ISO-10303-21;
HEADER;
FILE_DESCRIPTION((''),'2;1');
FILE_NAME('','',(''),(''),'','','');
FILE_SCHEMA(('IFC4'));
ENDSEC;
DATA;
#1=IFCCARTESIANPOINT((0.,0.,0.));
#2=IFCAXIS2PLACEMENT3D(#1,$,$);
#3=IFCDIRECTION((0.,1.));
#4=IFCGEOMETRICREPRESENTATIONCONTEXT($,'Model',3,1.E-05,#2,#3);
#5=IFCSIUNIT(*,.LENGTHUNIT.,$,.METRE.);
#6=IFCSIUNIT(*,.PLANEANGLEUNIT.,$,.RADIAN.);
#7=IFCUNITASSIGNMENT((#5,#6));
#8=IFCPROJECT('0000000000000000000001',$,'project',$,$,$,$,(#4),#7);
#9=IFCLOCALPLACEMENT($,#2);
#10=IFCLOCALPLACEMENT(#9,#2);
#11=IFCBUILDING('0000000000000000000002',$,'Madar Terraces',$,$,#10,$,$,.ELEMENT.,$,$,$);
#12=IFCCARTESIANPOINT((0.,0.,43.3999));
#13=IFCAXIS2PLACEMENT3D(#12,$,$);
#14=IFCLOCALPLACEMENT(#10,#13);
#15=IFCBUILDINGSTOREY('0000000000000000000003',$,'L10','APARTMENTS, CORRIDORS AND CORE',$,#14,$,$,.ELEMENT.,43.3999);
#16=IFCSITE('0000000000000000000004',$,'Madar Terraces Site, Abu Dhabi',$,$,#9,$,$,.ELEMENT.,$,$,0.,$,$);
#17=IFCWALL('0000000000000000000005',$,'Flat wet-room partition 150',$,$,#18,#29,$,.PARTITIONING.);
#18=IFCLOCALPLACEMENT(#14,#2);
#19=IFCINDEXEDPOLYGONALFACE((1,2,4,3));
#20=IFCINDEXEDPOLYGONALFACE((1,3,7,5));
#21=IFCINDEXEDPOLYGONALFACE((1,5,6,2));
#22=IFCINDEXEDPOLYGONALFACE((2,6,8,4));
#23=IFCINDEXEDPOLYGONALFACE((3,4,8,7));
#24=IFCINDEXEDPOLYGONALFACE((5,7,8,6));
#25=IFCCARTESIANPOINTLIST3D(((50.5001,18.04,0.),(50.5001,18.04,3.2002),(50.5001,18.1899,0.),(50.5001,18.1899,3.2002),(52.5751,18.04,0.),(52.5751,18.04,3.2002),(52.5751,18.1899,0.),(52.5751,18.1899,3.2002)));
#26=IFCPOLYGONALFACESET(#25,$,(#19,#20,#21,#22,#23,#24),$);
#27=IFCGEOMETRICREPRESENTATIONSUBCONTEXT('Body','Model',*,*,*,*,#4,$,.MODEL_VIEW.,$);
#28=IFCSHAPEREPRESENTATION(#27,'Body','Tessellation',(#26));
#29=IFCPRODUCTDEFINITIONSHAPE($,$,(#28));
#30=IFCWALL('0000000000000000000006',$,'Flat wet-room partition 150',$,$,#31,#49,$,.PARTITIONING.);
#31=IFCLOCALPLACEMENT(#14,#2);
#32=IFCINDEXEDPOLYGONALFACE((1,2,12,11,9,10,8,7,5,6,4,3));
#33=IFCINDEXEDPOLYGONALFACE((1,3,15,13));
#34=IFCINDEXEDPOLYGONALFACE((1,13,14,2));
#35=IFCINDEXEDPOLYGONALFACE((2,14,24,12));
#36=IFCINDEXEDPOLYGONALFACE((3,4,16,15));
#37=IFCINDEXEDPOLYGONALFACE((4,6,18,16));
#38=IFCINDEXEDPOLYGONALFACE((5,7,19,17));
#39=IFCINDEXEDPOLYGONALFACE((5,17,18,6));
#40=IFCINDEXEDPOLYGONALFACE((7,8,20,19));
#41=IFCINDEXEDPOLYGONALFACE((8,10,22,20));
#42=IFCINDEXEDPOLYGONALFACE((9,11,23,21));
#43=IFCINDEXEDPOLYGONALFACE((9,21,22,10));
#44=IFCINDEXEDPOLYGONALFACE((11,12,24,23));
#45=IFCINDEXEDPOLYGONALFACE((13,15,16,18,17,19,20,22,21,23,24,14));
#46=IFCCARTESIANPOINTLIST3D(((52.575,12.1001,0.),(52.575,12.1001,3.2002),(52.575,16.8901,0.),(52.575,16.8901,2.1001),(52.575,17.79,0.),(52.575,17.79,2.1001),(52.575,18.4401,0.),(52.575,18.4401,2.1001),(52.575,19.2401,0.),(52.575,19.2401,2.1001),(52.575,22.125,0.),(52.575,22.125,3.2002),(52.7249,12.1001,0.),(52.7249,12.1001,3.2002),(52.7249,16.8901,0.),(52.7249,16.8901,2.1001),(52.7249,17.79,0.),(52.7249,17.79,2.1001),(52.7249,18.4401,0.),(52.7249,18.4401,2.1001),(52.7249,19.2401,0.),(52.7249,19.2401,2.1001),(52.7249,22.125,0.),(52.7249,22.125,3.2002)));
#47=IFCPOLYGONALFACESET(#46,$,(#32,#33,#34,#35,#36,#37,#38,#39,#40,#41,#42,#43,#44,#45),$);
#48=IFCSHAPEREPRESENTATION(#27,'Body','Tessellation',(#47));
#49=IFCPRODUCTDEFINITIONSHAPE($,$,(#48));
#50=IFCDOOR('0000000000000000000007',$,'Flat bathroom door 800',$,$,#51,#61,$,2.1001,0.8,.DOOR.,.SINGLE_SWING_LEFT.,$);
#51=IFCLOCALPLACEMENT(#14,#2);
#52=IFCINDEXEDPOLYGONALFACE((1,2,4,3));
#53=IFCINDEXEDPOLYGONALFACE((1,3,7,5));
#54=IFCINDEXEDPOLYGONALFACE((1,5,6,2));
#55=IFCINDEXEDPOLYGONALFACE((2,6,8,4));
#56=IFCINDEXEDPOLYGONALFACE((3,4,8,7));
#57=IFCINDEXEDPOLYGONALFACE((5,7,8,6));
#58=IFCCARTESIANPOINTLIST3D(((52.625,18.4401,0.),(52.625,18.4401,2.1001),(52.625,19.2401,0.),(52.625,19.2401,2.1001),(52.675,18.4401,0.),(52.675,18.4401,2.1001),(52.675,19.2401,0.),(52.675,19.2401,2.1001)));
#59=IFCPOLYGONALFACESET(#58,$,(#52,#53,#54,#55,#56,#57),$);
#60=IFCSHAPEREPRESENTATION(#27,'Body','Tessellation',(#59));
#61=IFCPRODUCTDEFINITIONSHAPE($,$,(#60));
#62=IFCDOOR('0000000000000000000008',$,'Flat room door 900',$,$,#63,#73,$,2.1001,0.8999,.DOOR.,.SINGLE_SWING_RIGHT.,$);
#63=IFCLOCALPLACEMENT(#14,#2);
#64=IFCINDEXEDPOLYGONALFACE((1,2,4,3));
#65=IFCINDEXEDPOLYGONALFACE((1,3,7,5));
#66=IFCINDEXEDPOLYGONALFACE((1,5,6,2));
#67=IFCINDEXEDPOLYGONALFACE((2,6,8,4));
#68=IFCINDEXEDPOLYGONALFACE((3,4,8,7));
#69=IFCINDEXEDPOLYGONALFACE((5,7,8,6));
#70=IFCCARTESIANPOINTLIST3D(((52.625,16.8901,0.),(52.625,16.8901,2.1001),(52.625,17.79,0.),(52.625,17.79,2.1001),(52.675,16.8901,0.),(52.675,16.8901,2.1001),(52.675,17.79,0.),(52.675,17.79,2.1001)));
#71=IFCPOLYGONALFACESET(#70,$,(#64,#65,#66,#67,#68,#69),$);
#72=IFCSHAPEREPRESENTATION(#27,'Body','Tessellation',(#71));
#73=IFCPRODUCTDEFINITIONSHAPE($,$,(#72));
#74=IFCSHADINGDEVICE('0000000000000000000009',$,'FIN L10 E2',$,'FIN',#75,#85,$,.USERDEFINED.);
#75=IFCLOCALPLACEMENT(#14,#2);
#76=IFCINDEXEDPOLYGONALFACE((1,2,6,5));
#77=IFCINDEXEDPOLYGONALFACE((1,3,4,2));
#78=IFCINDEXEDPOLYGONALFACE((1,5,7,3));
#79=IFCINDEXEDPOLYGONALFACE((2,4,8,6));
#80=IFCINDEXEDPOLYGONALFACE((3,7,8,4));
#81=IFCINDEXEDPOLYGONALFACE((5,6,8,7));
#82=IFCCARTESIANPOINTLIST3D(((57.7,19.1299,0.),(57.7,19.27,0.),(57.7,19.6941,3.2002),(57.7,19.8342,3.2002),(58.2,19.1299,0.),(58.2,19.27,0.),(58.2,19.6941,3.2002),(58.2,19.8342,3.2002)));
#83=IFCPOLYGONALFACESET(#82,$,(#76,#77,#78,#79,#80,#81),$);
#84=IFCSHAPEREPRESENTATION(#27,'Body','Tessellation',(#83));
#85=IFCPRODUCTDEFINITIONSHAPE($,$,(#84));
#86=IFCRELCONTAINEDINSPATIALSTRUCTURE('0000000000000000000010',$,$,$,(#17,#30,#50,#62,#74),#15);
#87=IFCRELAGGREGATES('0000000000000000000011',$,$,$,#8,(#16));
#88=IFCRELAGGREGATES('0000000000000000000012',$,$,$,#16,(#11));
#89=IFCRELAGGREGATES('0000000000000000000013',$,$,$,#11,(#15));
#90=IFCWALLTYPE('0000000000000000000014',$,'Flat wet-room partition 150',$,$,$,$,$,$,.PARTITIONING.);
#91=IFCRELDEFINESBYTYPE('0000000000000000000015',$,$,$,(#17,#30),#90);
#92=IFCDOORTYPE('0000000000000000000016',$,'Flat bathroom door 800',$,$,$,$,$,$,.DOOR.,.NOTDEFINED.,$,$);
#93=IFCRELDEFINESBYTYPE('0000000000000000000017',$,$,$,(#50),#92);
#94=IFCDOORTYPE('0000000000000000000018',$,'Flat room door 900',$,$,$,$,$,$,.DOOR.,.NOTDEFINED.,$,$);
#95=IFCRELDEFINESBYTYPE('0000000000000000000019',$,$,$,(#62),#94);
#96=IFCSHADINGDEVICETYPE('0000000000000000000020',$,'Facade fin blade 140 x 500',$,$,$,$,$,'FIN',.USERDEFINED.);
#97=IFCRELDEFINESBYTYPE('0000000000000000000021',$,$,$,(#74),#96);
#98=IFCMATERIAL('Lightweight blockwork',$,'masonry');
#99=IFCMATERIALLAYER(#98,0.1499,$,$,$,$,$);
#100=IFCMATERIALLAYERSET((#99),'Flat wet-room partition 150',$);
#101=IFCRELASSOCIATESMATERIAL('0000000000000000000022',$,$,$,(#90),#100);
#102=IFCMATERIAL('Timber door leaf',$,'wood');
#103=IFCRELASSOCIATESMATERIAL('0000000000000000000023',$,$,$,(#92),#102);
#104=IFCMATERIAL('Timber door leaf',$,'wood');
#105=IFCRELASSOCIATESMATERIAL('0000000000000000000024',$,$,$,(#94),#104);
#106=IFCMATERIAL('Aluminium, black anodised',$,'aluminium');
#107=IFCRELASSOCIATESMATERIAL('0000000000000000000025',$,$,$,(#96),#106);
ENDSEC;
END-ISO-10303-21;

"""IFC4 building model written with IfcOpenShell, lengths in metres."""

from ifc_helpers import new_model, si_unit, direction, frame, frame_2d, origin, place, context, subcontext, project, spatial, polyline, rectangle, outline, extrude, material, layer, layer_set, type_object, element, fill, save


model = new_model("IFC4")

# Units and contexts
model_context = context("Model", 3, precision=1e-05, world=origin(), true_north=direction((0.0, 1.0)))
body_context = subcontext(model_context, "Body", "Model", "MODEL_VIEW")
ifc_project = project(units=[si_unit("LENGTHUNIT", "METRE"), si_unit("PLANEANGLEUNIT", "RADIAN")], contexts=[model_context])

# Site, building, storey
site_placement = place(None, origin())
site = spatial("IfcSite", under=ifc_project, at=site_placement, Name="Madar Terraces Site, Abu Dhabi", CompositionType="ELEMENT", RefElevation=0.0)
building_placement = place(site_placement, origin())
building = spatial("IfcBuilding", under=site, at=building_placement, Name="Madar Terraces", CompositionType="ELEMENT")
storey_placement = place(building_placement, frame((0.0, 0.0, 43.3999)))
storey = spatial("IfcBuildingStorey", under=building, at=storey_placement, Name="L10", Description="APARTMENTS, CORRIDORS AND CORE", CompositionType="ELEMENT", Elevation=43.3999)

# Wall
ifc_material_1 = material(Name="Lightweight blockwork", Category="masonry")
ifc_layer_1 = layer(ifc_material_1, 0.1499)
ifc_layer_set_1 = layer_set([ifc_layer_1], Name="Flat wet-room partition 150")
wall_type_1 = type_object("IfcWallType", Name="Flat wet-room partition 150", PredefinedType="PARTITIONING", material=ifc_layer_set_1)
wall_1_placement = place(storey_placement, frame((50.5, 18.115, 0.0), z_axis=(0.0, 0.0, 1.0), x_axis=(1.0, 0.0, 0.0)))
element("IfcWall", 1, at=wall_1_placement, inside=storey, type_object=wall_type_1, Name="Flat wet-room partition 150", PredefinedType="PARTITIONING", context=body_context, shape_type="SweptSolid", body=[
    extrude(rectangle(XDim=2.075, YDim=0.1499, at=frame_2d((1.0376, 0.0))), origin(), (0.0, 0.0, 1.0), 3.2002),
])

# Wall, openings, doors
wall_2_placement = place(storey_placement, frame((52.6499, 12.1001, 0.0), z_axis=(0.0, 0.0, 1.0), x_axis=(0.0, 1.0, 0.0)))
wall_2 = element("IfcWall", 2, at=wall_2_placement, inside=storey, type_object=wall_type_1, Name="Flat wet-room partition 150", PredefinedType="PARTITIONING", context=body_context, shape_type="SweptSolid", body=[
    extrude(rectangle(XDim=10.0249, YDim=0.1499, at=frame_2d((5.0125, 0.0))), origin(), (0.0, 0.0, 1.0), 3.2002),
])
opening_1_placement = place(wall_2_placement, frame((6.3401, 0.0, 0.0)))
opening_1 = element("IfcOpeningElement", 3, at=opening_1_placement, cuts=wall_2, PredefinedType="OPENING", context=body_context, shape_type="SweptSolid", body=[
    extrude(rectangle(XDim=0.8, YDim=2.1001, at=frame_2d((0.3999, 1.05))), frame((0.0, 0.085, 0.0), z_axis=(0.0, -1.0, 0.0), x_axis=(1.0, 0.0, 0.0)), (0.0, 0.0, 1.0), 0.1699),
])
opening_2_placement = place(wall_2_placement, frame((4.79, 0.0, 0.0)))
opening_2 = element("IfcOpeningElement", 4, at=opening_2_placement, cuts=wall_2, PredefinedType="OPENING", context=body_context, shape_type="SweptSolid", body=[
    extrude(rectangle(XDim=0.8999, YDim=2.1001, at=frame_2d((0.45, 1.05))), frame((0.0, 0.085, 0.0), z_axis=(0.0, -1.0, 0.0), x_axis=(1.0, 0.0, 0.0)), (0.0, 0.0, 1.0), 0.1699),
])
ifc_material_2 = material(Name="Timber door leaf", Category="wood")
door_type_1 = type_object("IfcDoorType", Name="Flat bathroom door 800", OperationType="NOTDEFINED", PredefinedType="DOOR", material=ifc_material_2)
door_1_placement = place(opening_1_placement, origin())
door_1 = element("IfcDoor", 5, at=door_1_placement, inside=storey, type_object=door_type_1, Name="Flat bathroom door 800", OperationType="SINGLE_SWING_LEFT", OverallHeight=2.1001, OverallWidth=0.8, PredefinedType="DOOR", context=body_context, shape_type="SweptSolid", body=[
    extrude(rectangle(XDim=0.8, YDim=2.1001, at=frame_2d((0.3999, 1.05))), frame((0.0, 0.0249, 0.0), z_axis=(0.0, -1.0, 0.0), x_axis=(1.0, 0.0, 0.0)), (0.0, 0.0, 1.0), 0.05),
])
fill(opening_1, door_1)
ifc_material_3 = material(Name="Timber door leaf", Category="wood")
door_type_2 = type_object("IfcDoorType", Name="Flat room door 900", OperationType="NOTDEFINED", PredefinedType="DOOR", material=ifc_material_3)
door_2_placement = place(opening_2_placement, origin())
door_2 = element("IfcDoor", 6, at=door_2_placement, inside=storey, type_object=door_type_2, Name="Flat room door 900", OperationType="SINGLE_SWING_RIGHT", OverallHeight=2.1001, OverallWidth=0.8999, PredefinedType="DOOR", context=body_context, shape_type="SweptSolid", body=[
    extrude(rectangle(XDim=0.8999, YDim=2.1001, at=frame_2d((0.45, 1.05))), frame((0.0, 0.0249, 0.0), z_axis=(0.0, -1.0, 0.0), x_axis=(1.0, 0.0, 0.0)), (0.0, 0.0, 1.0), 0.05),
])
fill(opening_2, door_2)

# Shading device
ifc_material_4 = material(Name="Aluminium, black anodised", Category="aluminium")
shading_device_type = type_object("IfcShadingDeviceType", Name="Facade fin blade 140 x 500", ElementType="FIN", PredefinedType="USERDEFINED", material=ifc_material_4)
shading_device_placement = place(storey_placement, frame((57.95, 19.1299, 0.0), z_axis=(0.0, 0.0, 1.0), x_axis=(0.0, 1.0, 0.0)))
element("IfcShadingDevice", 7, at=shading_device_placement, inside=storey, type_object=shading_device_type, Name="FIN L10 E2", ObjectType="FIN", PredefinedType="USERDEFINED", context=body_context, shape_type="SweptSolid", body=[
    extrude(outline(polyline([(0.0, 0.0), (0.1401, 0.0), (0.7043, 3.2002), (0.5642, 3.2002), (0.0, 0.0)])), frame((0.0, 0.25, 0.0), z_axis=(0.0, -1.0, 0.0), x_axis=(1.0, 0.0, 0.0)), (0.0, 0.0, 1.0), 0.5),
])

save(model, "model.ifc")
